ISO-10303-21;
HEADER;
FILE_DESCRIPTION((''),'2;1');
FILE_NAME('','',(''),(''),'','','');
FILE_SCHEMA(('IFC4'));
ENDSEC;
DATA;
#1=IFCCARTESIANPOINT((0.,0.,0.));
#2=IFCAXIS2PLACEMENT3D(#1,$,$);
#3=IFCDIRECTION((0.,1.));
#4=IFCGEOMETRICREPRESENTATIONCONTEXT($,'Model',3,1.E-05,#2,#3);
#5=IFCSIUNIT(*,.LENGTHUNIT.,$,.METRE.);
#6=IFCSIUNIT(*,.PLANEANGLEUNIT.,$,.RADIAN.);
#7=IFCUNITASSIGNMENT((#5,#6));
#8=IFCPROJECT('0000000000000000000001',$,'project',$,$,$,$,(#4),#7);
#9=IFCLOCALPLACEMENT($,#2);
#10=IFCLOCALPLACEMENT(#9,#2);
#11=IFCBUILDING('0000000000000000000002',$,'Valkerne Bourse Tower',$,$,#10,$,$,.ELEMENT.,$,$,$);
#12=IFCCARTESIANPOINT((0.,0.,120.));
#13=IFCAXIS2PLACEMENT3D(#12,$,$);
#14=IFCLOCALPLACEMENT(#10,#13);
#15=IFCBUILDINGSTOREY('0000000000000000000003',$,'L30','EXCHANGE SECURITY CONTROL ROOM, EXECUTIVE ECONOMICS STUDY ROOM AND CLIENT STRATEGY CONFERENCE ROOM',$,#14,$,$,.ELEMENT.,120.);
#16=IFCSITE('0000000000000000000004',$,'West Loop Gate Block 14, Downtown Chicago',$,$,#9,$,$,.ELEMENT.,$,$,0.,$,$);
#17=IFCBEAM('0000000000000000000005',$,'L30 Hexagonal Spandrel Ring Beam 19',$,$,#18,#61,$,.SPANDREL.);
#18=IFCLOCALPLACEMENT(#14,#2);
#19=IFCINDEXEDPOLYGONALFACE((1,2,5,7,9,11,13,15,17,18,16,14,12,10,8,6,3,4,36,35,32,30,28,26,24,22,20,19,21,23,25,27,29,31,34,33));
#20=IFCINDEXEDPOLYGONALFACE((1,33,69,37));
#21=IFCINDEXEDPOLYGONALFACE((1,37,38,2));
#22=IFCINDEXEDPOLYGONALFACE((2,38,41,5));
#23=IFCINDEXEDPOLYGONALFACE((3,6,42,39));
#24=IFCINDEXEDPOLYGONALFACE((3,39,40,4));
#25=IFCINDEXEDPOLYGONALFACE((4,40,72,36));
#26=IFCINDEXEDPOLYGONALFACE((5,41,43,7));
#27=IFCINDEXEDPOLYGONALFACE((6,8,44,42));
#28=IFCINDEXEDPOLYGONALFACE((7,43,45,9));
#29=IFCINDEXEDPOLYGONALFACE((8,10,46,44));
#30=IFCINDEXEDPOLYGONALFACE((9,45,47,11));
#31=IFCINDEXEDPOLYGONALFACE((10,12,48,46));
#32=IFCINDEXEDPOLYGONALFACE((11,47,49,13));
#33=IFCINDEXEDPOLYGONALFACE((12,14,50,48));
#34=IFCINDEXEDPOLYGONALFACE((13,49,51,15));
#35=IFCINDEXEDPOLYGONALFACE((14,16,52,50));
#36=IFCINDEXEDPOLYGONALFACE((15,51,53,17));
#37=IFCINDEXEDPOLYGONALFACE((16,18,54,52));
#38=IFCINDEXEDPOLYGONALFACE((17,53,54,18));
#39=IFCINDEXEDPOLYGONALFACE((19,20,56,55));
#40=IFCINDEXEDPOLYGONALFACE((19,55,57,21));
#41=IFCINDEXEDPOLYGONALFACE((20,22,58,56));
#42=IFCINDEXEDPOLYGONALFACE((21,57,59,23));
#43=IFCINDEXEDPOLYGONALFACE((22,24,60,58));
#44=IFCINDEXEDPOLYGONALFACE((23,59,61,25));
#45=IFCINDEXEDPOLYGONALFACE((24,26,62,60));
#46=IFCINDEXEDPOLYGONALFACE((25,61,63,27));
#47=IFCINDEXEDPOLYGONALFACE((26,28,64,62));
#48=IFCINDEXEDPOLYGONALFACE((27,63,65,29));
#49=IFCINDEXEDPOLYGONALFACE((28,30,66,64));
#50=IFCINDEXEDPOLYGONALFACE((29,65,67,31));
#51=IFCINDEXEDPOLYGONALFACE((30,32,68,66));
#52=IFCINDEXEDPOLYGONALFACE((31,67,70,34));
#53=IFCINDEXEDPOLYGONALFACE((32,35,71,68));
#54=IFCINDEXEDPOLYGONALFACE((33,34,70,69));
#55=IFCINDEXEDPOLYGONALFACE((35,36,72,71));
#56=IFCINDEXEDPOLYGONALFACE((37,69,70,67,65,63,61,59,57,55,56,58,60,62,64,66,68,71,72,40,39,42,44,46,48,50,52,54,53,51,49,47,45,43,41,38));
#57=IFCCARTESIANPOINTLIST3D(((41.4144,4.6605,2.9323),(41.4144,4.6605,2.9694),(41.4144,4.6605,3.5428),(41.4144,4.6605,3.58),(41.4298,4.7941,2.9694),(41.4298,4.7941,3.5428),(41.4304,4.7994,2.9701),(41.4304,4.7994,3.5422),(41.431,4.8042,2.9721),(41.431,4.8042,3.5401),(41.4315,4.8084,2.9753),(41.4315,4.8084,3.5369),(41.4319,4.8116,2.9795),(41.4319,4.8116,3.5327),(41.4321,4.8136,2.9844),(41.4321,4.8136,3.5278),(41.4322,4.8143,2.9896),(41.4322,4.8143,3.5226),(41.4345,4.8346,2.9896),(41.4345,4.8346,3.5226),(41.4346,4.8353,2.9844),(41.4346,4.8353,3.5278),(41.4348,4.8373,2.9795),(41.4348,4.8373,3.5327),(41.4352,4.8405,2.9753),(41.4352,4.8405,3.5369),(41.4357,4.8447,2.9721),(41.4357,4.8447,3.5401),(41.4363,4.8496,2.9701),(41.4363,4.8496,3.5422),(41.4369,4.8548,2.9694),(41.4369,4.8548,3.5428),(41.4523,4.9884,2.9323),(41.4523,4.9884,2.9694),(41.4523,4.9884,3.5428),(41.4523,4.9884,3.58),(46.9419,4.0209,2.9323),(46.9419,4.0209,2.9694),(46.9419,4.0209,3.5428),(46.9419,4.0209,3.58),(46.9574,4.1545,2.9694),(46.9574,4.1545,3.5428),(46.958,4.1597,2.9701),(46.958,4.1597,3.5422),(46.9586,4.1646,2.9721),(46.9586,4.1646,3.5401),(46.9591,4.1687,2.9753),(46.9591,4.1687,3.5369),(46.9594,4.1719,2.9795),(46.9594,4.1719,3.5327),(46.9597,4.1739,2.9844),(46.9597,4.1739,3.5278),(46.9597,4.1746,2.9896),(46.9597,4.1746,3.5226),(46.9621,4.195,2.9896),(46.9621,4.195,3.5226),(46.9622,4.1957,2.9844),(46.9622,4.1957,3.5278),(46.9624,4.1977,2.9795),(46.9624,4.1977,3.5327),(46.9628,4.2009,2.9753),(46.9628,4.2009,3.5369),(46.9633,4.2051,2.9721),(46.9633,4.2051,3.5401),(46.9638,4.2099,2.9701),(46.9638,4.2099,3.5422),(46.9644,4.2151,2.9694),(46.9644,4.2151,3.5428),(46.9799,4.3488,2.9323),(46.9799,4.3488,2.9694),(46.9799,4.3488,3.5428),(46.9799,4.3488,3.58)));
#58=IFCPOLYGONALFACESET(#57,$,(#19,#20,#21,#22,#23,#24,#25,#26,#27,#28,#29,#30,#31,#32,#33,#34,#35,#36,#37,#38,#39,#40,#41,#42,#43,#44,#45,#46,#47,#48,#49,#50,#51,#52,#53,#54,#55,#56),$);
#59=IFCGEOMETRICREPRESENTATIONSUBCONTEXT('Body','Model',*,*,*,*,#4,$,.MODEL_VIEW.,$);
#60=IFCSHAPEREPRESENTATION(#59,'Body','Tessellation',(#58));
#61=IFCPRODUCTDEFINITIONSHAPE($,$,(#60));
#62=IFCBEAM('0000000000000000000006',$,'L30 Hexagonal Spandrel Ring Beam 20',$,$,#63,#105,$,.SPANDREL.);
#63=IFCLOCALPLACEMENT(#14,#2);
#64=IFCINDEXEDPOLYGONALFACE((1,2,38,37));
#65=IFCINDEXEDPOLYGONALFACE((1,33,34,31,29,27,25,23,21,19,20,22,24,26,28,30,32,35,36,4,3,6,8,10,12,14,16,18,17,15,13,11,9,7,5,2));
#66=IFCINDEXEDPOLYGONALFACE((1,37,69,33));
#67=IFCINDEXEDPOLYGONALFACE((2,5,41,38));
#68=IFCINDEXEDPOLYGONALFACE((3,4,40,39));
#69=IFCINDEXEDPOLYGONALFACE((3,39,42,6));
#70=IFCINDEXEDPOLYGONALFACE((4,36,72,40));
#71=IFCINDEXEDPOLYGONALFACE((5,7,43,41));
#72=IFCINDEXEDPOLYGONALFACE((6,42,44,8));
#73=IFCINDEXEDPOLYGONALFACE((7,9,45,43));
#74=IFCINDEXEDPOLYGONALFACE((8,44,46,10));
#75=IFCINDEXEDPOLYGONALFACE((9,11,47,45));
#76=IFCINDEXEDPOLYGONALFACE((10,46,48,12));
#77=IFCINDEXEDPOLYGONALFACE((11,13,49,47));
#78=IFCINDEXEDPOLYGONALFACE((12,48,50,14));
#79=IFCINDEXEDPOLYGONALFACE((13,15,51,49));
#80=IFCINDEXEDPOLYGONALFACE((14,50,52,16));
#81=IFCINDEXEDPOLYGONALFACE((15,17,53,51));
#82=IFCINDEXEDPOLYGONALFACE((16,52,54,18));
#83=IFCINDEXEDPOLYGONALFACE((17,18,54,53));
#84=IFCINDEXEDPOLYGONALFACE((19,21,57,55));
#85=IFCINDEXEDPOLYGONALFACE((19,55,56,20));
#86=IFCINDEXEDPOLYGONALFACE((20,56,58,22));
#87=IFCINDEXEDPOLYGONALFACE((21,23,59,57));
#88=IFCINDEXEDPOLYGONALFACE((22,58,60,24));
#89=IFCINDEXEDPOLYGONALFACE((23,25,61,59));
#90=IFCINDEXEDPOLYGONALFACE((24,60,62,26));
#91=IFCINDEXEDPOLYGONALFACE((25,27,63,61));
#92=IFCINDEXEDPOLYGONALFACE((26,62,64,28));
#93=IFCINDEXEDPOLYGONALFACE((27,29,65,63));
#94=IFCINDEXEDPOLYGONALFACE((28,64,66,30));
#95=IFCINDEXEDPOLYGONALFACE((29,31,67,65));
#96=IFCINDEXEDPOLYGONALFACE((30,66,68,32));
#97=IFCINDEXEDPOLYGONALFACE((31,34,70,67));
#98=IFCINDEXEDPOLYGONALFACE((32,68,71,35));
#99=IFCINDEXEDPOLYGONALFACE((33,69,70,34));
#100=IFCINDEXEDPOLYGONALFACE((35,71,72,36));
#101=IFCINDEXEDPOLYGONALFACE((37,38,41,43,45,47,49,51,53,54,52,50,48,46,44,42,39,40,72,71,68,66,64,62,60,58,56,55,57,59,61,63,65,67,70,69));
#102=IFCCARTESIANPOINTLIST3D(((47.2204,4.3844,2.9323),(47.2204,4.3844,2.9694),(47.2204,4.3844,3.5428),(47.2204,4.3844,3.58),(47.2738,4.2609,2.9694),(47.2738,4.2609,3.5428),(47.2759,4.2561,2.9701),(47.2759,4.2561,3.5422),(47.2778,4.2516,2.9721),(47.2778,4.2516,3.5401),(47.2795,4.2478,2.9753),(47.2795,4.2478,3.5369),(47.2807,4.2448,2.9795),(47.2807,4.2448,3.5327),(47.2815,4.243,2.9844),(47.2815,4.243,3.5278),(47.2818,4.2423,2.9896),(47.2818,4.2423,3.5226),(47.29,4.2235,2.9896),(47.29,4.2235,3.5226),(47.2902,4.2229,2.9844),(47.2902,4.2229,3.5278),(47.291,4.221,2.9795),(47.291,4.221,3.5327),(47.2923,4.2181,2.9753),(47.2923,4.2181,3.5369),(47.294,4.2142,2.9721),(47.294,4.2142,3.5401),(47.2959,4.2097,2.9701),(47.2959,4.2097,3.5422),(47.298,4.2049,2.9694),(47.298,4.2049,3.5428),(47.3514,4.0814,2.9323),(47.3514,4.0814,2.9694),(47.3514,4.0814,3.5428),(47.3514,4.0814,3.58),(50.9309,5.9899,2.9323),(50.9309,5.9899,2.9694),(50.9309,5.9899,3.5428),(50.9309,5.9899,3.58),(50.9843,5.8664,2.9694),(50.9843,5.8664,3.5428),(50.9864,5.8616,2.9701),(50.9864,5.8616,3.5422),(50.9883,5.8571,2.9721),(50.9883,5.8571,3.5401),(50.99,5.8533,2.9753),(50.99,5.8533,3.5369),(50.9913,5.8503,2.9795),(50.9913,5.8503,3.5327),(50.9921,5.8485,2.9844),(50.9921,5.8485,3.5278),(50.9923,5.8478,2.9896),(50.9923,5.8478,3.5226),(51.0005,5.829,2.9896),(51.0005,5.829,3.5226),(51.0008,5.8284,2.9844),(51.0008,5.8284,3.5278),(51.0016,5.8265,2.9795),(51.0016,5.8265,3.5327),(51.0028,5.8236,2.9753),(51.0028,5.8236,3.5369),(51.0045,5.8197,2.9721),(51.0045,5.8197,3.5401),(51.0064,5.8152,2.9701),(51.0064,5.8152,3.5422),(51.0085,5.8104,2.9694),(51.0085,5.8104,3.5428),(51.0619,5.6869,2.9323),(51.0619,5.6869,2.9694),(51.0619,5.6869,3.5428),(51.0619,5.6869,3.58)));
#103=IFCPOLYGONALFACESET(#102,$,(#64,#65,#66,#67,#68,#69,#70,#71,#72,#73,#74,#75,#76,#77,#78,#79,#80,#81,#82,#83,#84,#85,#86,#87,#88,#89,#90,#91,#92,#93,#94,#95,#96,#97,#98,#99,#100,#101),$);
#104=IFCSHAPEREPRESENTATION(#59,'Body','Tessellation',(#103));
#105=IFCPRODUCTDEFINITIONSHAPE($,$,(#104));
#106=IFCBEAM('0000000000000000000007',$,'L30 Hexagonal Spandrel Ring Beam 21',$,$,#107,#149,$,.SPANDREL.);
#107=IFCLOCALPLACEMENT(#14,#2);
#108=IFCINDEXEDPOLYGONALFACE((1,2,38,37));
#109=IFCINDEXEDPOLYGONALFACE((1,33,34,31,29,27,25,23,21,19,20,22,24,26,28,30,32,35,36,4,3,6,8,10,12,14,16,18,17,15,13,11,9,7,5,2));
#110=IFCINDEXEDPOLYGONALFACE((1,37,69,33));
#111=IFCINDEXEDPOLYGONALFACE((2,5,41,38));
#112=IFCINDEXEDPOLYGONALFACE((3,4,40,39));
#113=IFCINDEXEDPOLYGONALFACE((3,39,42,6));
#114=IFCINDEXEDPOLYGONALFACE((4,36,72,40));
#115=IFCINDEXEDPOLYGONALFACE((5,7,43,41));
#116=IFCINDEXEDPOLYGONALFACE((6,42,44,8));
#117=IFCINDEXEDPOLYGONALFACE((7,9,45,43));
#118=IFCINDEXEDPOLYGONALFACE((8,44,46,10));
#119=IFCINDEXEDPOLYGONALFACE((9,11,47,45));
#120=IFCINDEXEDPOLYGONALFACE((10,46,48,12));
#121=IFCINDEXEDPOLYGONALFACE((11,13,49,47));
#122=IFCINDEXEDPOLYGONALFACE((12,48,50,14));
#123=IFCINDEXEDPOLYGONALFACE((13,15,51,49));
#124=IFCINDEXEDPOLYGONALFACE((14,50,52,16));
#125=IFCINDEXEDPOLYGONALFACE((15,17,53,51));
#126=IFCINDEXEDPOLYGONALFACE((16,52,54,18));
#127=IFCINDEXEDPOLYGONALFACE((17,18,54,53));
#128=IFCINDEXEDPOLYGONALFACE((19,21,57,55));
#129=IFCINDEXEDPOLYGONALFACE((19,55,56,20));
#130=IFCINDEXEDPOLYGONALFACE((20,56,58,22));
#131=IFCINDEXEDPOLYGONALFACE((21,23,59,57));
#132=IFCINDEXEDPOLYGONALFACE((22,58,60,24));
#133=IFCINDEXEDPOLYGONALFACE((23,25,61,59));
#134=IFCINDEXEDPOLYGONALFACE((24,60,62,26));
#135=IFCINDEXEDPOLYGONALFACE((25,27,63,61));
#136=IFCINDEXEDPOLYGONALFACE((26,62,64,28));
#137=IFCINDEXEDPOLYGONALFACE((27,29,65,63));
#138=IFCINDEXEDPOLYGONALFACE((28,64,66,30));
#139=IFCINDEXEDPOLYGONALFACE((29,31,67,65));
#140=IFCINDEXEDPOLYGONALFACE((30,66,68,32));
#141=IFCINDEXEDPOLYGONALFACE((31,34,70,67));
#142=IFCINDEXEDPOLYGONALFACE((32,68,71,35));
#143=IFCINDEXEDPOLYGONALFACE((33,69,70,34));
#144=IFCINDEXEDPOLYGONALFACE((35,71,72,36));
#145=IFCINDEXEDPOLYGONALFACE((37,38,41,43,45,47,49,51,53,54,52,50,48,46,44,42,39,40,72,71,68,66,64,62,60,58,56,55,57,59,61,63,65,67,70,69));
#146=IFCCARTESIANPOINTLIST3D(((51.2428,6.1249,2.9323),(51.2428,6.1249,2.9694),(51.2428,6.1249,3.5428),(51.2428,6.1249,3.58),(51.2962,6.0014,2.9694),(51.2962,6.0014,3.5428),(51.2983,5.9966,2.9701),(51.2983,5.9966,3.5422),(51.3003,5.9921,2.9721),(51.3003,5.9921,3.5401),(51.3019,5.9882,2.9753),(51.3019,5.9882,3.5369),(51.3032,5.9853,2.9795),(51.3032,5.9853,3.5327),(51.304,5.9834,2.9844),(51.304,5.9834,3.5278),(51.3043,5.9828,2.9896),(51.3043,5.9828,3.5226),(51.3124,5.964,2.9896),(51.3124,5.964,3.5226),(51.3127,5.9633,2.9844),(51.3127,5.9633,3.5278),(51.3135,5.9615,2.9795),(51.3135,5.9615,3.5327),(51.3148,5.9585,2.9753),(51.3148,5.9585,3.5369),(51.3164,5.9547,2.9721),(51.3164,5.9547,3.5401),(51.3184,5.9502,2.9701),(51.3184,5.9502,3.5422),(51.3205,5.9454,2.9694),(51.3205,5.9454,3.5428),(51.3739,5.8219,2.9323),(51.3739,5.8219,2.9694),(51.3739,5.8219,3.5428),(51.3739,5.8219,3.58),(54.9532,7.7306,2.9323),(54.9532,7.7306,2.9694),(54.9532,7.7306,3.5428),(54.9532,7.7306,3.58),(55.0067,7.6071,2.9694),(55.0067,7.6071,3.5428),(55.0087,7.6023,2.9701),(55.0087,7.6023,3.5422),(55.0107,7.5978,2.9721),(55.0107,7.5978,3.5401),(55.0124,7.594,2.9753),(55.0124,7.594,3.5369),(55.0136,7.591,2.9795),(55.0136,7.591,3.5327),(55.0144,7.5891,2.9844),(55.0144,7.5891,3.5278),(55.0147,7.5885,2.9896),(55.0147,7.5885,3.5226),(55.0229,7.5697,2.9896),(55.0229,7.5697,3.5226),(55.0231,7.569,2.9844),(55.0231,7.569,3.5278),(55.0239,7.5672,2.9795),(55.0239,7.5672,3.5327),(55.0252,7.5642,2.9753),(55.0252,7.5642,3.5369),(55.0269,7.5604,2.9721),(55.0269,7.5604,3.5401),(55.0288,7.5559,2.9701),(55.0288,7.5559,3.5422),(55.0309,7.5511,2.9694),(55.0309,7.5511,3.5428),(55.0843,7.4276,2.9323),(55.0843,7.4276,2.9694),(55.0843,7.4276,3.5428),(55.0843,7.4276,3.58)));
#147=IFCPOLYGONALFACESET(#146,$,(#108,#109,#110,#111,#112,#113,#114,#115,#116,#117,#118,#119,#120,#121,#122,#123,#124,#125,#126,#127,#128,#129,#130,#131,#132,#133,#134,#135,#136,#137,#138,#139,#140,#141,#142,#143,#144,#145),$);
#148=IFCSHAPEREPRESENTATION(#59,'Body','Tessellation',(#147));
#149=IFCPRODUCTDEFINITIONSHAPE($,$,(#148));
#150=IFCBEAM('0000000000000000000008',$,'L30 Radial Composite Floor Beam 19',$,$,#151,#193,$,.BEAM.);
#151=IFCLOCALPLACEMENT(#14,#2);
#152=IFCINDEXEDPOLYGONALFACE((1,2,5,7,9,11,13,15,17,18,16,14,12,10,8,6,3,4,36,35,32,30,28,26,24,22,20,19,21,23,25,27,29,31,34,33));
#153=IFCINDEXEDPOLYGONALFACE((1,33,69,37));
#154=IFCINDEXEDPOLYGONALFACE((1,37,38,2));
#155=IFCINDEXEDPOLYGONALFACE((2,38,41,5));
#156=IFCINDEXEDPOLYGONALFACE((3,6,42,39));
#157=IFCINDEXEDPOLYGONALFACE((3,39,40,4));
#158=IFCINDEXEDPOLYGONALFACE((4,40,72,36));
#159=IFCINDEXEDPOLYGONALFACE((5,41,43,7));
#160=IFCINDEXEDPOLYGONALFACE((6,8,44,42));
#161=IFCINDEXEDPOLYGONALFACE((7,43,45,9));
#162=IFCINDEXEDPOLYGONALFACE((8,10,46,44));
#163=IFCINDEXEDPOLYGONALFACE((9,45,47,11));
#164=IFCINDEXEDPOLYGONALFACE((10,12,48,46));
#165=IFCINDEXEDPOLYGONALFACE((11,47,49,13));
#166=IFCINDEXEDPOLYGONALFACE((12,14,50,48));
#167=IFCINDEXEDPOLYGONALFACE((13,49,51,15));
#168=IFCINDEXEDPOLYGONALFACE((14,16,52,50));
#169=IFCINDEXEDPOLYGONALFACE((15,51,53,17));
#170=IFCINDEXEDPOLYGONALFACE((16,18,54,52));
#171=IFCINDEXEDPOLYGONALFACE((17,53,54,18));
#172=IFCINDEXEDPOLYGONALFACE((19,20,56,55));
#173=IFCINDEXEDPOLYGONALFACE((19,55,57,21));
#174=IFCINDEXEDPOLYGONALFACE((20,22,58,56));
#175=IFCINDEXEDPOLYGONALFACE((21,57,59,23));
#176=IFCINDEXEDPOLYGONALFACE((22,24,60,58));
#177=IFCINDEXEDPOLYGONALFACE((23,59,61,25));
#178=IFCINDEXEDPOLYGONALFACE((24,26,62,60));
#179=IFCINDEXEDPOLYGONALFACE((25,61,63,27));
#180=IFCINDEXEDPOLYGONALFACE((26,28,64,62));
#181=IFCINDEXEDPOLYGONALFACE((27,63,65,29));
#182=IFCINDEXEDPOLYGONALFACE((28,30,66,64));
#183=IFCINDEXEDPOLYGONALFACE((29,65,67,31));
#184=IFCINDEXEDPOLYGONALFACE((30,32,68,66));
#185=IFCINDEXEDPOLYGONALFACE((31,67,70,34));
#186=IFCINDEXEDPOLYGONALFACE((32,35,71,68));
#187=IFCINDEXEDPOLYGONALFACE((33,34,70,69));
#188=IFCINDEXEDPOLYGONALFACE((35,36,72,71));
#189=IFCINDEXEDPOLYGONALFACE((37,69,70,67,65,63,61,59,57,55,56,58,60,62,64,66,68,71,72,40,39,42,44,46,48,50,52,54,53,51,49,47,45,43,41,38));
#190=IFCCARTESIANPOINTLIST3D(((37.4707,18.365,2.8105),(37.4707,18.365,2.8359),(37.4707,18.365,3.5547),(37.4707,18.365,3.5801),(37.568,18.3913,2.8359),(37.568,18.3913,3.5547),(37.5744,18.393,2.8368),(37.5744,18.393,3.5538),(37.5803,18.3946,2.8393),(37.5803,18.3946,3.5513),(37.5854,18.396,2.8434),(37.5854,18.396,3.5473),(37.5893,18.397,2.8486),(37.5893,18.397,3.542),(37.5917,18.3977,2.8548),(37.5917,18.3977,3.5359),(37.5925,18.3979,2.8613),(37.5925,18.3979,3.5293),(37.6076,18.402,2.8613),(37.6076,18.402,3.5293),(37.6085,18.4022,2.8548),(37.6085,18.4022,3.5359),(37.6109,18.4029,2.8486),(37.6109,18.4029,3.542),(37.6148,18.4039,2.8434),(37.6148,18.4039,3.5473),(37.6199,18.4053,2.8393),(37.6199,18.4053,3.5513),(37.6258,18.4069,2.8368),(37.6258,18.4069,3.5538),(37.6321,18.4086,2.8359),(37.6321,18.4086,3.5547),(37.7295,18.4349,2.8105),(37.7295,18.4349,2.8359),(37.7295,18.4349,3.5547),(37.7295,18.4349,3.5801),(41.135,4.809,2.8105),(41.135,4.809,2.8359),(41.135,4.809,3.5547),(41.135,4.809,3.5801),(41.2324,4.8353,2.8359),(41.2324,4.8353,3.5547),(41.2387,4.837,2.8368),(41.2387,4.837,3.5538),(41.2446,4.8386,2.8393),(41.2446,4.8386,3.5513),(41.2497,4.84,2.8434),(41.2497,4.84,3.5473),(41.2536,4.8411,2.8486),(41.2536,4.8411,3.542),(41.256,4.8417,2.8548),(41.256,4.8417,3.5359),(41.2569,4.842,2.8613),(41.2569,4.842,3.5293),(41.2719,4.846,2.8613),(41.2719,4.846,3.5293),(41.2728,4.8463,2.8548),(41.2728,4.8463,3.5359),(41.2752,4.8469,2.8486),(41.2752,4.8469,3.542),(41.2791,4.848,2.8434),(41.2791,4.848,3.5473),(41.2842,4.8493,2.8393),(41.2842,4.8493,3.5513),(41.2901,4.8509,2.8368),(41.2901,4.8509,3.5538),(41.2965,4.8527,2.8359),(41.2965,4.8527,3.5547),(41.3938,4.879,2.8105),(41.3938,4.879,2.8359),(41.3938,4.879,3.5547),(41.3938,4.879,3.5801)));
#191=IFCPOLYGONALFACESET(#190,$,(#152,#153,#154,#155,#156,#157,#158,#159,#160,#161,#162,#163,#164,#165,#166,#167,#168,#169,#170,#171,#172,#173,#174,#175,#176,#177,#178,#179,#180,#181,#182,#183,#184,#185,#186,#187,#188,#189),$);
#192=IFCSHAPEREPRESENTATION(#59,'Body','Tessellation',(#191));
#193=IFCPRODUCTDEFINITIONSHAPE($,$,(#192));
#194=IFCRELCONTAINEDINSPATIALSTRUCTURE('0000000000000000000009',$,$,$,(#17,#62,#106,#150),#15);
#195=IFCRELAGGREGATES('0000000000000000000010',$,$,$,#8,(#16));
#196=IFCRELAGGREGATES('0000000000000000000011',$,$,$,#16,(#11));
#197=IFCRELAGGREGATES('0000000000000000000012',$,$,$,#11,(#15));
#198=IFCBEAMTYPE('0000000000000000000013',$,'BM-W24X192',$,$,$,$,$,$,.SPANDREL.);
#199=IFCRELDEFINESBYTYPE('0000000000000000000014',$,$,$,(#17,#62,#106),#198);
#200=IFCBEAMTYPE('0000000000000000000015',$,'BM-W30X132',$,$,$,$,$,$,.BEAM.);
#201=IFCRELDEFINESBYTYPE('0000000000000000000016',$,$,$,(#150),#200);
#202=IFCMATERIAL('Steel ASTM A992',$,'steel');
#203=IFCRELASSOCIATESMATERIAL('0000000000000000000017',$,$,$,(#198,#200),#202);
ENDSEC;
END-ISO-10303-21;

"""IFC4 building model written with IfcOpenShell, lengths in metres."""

from ifc_helpers import new_model, si_unit, direction, frame, origin, origin_2d, place, context, subcontext, project, spatial, i_section, extrude, material, material_profile, profile_set, type_object, element, save


model = new_model("IFC4")

# Units and contexts
model_context = context("Model", 3, precision=1e-05, world=origin(), true_north=direction((0.0, 1.0)))
body_context = subcontext(model_context, "Body", "Model", "MODEL_VIEW")
ifc_project = project(units=[si_unit("LENGTHUNIT", "METRE"), si_unit("PLANEANGLEUNIT", "RADIAN")], contexts=[model_context])

# Site, building, storey
site_placement = place(None, origin())
site = spatial("IfcSite", under=ifc_project, at=site_placement, Name="West Loop Gate Block 14, Downtown Chicago", CompositionType="ELEMENT", RefElevation=0.0)
building_placement = place(site_placement, origin())
building = spatial("IfcBuilding", under=site, at=building_placement, Name="Valkerne Bourse Tower", CompositionType="ELEMENT")
storey_placement = place(building_placement, frame((0.0, 0.0, 120.0)))
storey = spatial("IfcBuildingStorey", under=building, at=storey_placement, Name="L30", Description="EXCHANGE SECURITY CONTROL ROOM, EXECUTIVE ECONOMICS STUDY ROOM AND CLIENT STRATEGY CONFERENCE ROOM", CompositionType="ELEMENT", Elevation=120.0)

# Beams
ifc_material_1 = material(Name="Steel ASTM A992", Category="steel")
ifc_material_profile_1 = material_profile(ifc_material_1, i_section(OverallWidth=0.3301, OverallDepth=0.6477, WebThickness=0.0205, FlangeThickness=0.0371, FilletRadius=0.0203, at=origin_2d()), Name="W24X192")
ifc_profile_set_1 = profile_set([ifc_material_profile_1], Name="Steel ASTM A992")
beam_type_1 = type_object("IfcBeamType", Name="BM-W24X192", PredefinedType="SPANDREL", material=ifc_profile_set_1)
beam_1_placement = place(storey_placement, frame((41.4333, 4.8245, 3.2561), z_axis=(0.993371, -0.114952, 0.0), x_axis=(0.114952, 0.993371, 0.0)))
element("IfcBeam", 1, at=beam_1_placement, inside=storey, type_object=beam_type_1, Name="L30 Hexagonal Spandrel Ring Beam 19", PredefinedType="SPANDREL", context=body_context, shape_type="SweptSolid", body=[
    extrude(i_section(OverallWidth=0.3301, OverallDepth=0.6477, WebThickness=0.0205, FlangeThickness=0.0371, FilletRadius=0.0203, at=origin_2d()), origin(), (0.0, 0.0, 1.0), 5.5645),
])
for number, where, z_axis, x_axis, name in (
    (2, (47.2859, 4.2329, 3.2561), (0.917771, 0.397109, 0.0), (-0.397109, 0.917771, 0.0), "L30 Hexagonal Spandrel Ring Beam 20"),
    (3, (51.3083, 5.9734, 3.2561), (0.917749, 0.39716, 0.0), (-0.39716, 0.917749, 0.0), "L30 Hexagonal Spandrel Ring Beam 21"),
):
    element("IfcBeam", number, at=place(storey_placement, frame(where, z_axis=z_axis, x_axis=x_axis)), inside=storey, type_object=beam_type_1, Name=name, PredefinedType="SPANDREL", context=body_context, shape_type="SweptSolid", body=[
        extrude(i_section(OverallWidth=0.3301, OverallDepth=0.6477, WebThickness=0.0205, FlangeThickness=0.0371, FilletRadius=0.0203, at=origin_2d()), origin(), (0.0, 0.0, 1.0), 4.043),
    ])
ifc_material_profile_2 = material_profile(ifc_material_1, i_section(OverallWidth=0.2681, OverallDepth=0.7695, WebThickness=0.0156, FlangeThickness=0.0254, FilletRadius=0.0254, at=origin_2d()), Name="W30X132")
ifc_profile_set_2 = profile_set([ifc_material_profile_2], Name="Steel ASTM A992")
beam_type_2 = type_object("IfcBeamType", Name="BM-W30X132", PredefinedType="BEAM", material=ifc_profile_set_2)
beam_2_placement = place(storey_placement, frame((41.2644, 4.844, 3.1953), z_axis=(-0.260945, 0.965354, 0.0), x_axis=(-0.965354, -0.260945, 0.0)))
element("IfcBeam", 4, at=beam_2_placement, inside=storey, type_object=beam_type_2, Name="L30 Radial Composite Floor Beam 19", PredefinedType="BEAM", context=body_context, shape_type="SweptSolid", body=[
    extrude(i_section(OverallWidth=0.2681, OverallDepth=0.7695, WebThickness=0.0156, FlangeThickness=0.0254, FilletRadius=0.0254, at=origin_2d()), origin(), (0.0, 0.0, 1.0), 14.0425),
])

save(model, "model.ifc")
